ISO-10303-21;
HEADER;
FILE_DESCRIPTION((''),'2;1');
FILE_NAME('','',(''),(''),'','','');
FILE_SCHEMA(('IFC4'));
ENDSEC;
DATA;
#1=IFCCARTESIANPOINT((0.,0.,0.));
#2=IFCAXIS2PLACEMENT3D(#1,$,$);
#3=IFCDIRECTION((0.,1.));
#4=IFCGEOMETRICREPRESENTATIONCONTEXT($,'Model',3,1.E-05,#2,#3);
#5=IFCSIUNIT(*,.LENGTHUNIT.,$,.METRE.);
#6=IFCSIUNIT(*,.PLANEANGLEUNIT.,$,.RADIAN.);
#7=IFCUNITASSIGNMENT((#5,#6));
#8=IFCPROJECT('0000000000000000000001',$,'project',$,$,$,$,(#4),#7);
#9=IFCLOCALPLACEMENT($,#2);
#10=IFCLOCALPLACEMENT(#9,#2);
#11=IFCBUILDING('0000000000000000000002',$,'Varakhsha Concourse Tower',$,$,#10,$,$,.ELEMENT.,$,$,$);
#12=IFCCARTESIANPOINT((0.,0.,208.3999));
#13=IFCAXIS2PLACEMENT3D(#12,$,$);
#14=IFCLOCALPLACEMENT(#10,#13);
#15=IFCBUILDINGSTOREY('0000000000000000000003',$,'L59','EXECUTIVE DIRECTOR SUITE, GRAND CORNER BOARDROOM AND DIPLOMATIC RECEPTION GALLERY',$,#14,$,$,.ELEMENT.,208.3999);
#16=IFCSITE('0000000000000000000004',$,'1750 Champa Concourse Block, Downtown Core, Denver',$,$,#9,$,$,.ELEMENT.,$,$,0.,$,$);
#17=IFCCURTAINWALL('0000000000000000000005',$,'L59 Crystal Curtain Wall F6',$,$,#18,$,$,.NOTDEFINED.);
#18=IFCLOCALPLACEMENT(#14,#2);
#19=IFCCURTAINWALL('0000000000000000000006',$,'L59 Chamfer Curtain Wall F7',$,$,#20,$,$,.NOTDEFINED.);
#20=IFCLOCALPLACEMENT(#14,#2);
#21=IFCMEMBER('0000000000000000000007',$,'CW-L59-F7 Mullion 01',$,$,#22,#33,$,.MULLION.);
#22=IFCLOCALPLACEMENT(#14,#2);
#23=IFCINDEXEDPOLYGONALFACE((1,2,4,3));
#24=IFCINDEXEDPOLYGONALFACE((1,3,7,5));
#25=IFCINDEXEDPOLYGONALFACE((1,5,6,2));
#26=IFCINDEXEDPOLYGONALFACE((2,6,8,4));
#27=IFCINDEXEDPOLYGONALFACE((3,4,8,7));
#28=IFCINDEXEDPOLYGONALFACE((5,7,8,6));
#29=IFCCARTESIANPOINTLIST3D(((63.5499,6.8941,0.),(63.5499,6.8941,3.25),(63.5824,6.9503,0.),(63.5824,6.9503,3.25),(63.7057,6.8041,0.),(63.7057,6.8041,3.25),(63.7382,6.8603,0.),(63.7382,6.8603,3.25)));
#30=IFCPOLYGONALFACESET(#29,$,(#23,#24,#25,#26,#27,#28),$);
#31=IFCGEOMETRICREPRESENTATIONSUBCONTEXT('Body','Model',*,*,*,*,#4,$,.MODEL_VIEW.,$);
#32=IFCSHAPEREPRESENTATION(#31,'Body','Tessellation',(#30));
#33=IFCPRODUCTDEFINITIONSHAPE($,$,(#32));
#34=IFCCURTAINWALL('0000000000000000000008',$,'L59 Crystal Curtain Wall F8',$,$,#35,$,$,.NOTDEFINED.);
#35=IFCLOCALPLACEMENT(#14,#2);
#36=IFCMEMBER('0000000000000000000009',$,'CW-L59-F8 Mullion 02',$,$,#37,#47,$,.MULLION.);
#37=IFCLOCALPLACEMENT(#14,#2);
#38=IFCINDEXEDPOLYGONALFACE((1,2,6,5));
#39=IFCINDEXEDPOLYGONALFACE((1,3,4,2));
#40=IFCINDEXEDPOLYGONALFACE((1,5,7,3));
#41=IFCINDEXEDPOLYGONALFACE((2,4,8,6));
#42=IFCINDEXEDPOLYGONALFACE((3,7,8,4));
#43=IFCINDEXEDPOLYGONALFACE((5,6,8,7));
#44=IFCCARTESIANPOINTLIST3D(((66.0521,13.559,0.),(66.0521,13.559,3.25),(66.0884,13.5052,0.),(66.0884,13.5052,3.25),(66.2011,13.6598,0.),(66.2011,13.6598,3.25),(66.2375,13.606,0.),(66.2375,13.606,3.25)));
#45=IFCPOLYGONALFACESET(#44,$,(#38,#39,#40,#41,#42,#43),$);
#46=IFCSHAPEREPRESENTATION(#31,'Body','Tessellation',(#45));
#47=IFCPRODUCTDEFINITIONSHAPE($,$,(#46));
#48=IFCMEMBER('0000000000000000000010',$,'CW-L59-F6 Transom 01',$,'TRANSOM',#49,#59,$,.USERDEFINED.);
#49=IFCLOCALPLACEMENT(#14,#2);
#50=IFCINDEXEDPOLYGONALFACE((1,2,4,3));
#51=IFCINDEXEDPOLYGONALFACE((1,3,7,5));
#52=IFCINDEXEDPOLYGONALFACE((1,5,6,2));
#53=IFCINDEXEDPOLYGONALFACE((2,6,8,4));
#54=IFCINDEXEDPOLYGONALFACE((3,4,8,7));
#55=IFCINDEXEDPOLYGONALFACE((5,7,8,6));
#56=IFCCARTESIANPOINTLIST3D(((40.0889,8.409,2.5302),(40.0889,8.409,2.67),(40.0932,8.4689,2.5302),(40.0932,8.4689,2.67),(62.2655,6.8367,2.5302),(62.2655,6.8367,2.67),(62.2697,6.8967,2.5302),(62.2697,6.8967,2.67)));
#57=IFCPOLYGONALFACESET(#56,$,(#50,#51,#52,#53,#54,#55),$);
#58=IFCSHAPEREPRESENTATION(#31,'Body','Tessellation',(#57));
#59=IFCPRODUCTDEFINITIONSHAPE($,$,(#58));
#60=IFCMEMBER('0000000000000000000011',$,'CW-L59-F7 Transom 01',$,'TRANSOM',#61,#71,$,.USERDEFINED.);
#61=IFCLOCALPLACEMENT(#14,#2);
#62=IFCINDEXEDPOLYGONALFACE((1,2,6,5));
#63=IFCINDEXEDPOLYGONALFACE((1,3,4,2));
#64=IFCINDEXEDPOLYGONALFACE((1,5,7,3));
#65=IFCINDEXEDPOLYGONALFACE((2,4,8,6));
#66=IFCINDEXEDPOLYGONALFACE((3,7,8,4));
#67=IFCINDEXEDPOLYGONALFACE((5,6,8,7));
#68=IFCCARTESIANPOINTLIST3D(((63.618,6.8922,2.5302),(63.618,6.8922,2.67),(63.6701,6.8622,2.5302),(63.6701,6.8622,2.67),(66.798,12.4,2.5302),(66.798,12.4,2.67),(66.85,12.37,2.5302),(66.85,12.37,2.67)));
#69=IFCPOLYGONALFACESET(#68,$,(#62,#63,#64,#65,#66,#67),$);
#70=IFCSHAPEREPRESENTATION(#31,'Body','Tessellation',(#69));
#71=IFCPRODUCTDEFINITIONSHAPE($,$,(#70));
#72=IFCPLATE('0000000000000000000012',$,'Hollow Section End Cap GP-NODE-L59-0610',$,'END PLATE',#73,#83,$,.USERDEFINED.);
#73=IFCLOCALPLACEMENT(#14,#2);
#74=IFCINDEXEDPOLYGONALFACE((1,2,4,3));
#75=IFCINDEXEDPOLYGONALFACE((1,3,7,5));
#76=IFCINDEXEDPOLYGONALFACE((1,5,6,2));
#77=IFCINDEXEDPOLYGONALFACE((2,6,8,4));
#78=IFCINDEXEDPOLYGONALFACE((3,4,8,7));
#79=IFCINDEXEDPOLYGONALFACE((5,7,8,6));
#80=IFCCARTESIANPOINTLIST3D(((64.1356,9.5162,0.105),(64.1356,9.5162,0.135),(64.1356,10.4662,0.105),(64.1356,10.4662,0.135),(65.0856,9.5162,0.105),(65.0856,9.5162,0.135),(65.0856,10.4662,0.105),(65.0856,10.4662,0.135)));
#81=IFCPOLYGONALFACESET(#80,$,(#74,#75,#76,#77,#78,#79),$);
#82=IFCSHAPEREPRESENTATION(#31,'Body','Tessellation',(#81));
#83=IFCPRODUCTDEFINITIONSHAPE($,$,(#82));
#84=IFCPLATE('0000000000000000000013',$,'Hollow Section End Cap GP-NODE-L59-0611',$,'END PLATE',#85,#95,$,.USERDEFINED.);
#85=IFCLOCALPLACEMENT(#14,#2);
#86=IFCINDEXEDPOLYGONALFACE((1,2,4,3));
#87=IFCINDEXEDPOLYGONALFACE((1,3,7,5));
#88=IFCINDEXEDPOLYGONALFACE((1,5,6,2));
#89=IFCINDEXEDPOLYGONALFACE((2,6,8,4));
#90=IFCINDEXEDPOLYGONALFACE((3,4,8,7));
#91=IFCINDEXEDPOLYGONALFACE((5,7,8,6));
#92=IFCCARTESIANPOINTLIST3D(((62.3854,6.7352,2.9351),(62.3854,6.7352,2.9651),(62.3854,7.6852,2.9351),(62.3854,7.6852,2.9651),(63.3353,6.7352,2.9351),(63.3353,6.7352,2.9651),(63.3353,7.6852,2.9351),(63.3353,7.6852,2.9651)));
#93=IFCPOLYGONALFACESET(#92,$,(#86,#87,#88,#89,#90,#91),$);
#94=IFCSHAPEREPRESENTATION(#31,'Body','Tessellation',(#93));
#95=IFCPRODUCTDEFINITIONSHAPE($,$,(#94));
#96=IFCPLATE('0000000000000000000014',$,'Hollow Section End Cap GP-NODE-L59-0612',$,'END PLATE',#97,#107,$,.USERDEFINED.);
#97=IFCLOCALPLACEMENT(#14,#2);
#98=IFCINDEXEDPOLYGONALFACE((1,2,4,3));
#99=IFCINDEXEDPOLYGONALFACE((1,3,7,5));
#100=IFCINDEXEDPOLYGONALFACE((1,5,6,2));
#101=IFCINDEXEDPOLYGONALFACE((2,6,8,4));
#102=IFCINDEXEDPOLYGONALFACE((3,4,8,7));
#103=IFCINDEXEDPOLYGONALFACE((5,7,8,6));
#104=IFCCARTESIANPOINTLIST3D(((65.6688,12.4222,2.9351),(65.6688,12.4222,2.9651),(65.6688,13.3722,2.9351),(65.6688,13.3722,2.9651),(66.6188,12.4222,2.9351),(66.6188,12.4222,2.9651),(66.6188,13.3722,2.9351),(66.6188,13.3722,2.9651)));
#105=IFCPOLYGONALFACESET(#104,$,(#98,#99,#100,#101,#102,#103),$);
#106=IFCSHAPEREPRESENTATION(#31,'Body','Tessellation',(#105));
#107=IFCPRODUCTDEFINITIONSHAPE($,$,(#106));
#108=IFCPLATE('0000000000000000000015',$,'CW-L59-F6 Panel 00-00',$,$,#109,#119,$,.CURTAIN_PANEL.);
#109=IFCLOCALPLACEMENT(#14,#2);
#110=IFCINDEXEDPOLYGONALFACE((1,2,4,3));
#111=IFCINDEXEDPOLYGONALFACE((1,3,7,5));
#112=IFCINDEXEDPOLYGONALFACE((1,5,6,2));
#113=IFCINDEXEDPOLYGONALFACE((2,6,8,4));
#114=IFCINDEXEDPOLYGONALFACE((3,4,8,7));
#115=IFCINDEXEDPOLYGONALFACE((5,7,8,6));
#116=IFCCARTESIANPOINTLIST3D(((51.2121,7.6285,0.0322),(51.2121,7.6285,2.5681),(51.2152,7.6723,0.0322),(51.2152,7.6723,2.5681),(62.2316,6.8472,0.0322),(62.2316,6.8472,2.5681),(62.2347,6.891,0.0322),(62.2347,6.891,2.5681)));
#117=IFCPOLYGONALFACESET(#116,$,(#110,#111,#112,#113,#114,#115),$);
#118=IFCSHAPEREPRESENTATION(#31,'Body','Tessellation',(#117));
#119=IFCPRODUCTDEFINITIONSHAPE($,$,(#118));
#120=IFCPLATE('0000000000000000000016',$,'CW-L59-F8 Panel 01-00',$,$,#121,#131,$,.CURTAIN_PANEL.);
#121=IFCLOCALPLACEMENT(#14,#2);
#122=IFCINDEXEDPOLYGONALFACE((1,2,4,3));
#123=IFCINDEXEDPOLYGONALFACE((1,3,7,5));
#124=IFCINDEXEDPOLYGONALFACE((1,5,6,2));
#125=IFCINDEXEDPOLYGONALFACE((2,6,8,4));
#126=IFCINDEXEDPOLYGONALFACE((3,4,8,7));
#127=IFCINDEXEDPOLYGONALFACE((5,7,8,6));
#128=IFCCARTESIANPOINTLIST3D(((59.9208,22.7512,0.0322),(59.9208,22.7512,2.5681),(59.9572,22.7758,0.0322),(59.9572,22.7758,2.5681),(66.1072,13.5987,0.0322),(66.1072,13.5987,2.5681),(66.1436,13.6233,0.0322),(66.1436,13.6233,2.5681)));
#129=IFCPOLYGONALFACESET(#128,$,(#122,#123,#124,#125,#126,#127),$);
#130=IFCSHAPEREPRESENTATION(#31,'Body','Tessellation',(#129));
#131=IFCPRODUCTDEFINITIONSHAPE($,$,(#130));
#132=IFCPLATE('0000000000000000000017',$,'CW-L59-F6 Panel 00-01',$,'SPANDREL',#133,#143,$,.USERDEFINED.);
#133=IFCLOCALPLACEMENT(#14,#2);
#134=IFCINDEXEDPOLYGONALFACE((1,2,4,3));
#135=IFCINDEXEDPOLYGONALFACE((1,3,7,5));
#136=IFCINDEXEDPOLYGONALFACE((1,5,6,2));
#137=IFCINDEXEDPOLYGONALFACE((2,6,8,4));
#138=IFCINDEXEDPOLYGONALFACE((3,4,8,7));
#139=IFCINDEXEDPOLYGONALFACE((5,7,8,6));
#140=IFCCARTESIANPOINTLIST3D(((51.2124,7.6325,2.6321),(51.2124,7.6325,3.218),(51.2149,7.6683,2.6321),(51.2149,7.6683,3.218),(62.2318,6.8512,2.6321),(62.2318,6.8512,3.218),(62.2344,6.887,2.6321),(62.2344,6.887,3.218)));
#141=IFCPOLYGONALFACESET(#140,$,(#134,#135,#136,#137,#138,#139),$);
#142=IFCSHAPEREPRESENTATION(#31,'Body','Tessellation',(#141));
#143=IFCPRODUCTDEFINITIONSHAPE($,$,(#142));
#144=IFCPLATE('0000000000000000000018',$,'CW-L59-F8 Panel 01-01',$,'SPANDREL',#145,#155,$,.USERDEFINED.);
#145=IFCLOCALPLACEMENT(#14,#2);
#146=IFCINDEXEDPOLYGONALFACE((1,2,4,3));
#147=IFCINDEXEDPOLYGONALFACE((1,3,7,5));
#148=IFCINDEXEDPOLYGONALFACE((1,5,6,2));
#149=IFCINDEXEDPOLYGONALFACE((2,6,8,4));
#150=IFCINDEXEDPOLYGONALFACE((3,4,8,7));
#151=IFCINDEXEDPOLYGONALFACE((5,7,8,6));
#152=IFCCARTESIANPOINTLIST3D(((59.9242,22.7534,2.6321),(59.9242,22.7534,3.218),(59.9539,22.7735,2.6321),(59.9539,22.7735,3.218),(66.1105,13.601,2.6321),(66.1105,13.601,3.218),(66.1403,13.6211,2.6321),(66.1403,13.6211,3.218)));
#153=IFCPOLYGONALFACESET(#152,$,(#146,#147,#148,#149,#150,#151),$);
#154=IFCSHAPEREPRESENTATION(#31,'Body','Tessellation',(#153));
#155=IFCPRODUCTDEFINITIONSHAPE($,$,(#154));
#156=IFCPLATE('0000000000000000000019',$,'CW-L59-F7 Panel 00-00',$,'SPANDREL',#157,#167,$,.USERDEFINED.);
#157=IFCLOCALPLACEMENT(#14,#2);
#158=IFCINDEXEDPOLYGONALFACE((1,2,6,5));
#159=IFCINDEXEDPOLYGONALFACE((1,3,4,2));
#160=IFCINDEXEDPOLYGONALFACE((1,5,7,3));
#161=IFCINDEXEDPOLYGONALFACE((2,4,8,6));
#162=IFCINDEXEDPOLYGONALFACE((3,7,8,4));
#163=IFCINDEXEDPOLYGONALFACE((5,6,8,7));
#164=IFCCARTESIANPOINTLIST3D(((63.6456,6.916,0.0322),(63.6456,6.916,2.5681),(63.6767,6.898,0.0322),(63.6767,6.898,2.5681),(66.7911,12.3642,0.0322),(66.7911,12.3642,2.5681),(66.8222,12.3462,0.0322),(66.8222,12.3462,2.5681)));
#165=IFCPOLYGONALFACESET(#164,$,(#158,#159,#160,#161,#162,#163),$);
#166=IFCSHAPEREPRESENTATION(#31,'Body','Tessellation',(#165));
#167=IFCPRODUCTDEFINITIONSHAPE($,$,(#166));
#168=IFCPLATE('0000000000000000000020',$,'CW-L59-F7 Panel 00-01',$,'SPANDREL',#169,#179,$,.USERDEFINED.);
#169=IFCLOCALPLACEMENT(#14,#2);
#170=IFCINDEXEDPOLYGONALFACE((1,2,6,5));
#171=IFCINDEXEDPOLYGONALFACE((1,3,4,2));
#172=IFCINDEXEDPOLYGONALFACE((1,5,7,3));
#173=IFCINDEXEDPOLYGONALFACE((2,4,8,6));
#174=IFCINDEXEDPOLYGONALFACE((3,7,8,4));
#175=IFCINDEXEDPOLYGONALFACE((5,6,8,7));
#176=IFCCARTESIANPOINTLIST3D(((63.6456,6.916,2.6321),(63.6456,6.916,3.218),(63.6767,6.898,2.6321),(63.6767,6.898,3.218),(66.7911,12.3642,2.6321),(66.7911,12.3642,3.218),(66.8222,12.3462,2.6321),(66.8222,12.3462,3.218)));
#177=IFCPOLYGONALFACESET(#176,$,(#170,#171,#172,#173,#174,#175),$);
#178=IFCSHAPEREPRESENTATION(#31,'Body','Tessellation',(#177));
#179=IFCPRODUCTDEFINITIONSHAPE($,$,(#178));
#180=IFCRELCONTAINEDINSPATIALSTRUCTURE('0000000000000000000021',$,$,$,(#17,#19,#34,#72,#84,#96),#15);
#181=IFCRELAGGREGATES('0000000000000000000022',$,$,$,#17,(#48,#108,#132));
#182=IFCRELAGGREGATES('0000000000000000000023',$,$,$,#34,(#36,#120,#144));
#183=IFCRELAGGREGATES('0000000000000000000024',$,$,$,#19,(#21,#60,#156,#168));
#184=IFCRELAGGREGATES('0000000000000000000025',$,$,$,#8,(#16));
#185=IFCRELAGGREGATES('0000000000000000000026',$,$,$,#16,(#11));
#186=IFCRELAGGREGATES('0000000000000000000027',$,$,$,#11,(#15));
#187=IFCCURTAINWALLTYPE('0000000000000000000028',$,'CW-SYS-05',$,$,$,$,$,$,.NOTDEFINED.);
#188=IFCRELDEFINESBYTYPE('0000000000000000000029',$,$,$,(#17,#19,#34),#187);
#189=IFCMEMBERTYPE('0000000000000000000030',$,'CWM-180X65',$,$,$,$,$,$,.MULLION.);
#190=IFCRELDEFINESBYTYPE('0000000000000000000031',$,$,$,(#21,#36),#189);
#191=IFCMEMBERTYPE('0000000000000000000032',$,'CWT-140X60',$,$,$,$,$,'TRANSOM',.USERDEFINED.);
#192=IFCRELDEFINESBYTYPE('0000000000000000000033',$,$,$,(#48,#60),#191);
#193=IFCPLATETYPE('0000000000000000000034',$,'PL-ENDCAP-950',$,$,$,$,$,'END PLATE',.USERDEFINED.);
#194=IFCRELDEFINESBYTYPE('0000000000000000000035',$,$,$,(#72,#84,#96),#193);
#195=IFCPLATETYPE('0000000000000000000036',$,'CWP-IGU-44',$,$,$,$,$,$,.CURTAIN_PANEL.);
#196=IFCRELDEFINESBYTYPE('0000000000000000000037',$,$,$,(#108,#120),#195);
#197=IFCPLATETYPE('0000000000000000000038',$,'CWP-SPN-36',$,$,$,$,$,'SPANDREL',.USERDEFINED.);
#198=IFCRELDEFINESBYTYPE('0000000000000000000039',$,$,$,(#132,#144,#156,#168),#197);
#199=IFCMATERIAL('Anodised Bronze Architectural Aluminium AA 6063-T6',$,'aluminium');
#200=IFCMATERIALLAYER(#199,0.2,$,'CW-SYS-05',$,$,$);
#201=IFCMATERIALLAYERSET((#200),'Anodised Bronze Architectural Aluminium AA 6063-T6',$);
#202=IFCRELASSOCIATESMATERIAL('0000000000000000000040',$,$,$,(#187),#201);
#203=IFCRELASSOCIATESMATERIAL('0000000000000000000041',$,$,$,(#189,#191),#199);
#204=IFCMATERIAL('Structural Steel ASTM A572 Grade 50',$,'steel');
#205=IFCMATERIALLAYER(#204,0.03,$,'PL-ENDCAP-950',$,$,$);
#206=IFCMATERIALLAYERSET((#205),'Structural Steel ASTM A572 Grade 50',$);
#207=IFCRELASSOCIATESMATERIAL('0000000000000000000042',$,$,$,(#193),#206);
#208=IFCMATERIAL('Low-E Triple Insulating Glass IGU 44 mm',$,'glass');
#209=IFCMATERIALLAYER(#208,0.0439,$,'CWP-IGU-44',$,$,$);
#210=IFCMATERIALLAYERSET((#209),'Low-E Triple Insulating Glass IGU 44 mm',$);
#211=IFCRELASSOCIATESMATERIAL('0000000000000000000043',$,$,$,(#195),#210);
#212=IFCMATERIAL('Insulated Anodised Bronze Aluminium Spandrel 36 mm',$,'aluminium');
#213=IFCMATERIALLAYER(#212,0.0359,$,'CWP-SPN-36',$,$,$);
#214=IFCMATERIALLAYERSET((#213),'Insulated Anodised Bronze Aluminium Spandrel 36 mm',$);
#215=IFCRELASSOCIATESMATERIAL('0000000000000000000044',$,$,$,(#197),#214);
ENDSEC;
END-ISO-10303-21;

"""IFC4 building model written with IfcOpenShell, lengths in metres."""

from ifc_helpers import new_model, si_unit, direction, frame, origin, origin_2d, place, context, subcontext, project, spatial, rectangle, extrude, source, transform, mapped, material, layer, layer_set, material_profile, profile_set, type_object, type_shapes, element, aggregate, save


model = new_model("IFC4")

# Units and contexts
model_context = context("Model", 3, precision=1e-05, world=origin(), true_north=direction((0.0, 1.0)))
body_context = subcontext(model_context, "Body", "Model", "MODEL_VIEW")
ifc_project = project(units=[si_unit("LENGTHUNIT", "METRE"), si_unit("PLANEANGLEUNIT", "RADIAN")], contexts=[model_context])

# Site, building, storey
site_placement = place(None, origin())
site = spatial("IfcSite", under=ifc_project, at=site_placement, Name="1750 Champa Concourse Block, Downtown Core, Denver", CompositionType="ELEMENT", RefElevation=0.0)
building_placement = place(site_placement, origin())
building = spatial("IfcBuilding", under=site, at=building_placement, Name="Varakhsha Concourse Tower", CompositionType="ELEMENT")
storey_placement = place(building_placement, frame((0.0, 0.0, 208.3999)))
storey = spatial("IfcBuildingStorey", under=building, at=storey_placement, Name="L59", Description="EXECUTIVE DIRECTOR SUITE, GRAND CORNER BOARDROOM AND DIPLOMATIC RECEPTION GALLERY", CompositionType="ELEMENT", Elevation=208.3999)

# Shared definitions
ifc_material_1 = material(Name="Structural Steel ASTM A572 Grade 50", Category="steel")

# Curtain wall
ifc_material_2 = material(Name="Anodised Bronze Architectural Aluminium AA 6063-T6", Category="aluminium")
ifc_layer_1 = layer(ifc_material_2, 0.2, Name="CW-SYS-05")
ifc_layer_set_1 = layer_set([ifc_layer_1], Name="Anodised Bronze Architectural Aluminium AA 6063-T6")
curtain_wall_type = type_object("IfcCurtainWallType", Name="CW-SYS-05", PredefinedType="NOTDEFINED", material=ifc_layer_set_1)
curtain_wall_1_placement = place(storey_placement, origin())
curtain_wall_1 = element("IfcCurtainWall", 1, at=curtain_wall_1_placement, inside=storey, type_object=curtain_wall_type, Name="L59 Crystal Curtain Wall F6", PredefinedType="NOTDEFINED")
ifc_material_profile_1 = material_profile(ifc_material_2, rectangle(XDim=0.0649, YDim=0.1799, at=origin_2d()), Name="CWM-180X65")
ifc_profile_set_1 = profile_set([ifc_material_profile_1], Name="Anodised Bronze Architectural Aluminium AA 6063-T6")
member_type_1 = type_object("IfcMemberType", Name="CWM-180X65", PredefinedType="MULLION", material=ifc_profile_set_1)
shared_shape_1 = source(origin(), body_context, "Body", "SweptSolid", [
    extrude(rectangle(XDim=0.0649, YDim=0.1799, at=origin_2d()), origin(), (0.0, 0.0, 1.0), 3.25),
])
type_shapes(member_type_1, [shared_shape_1])

# Curtain wall, member
curtain_wall_2_placement = place(storey_placement, origin())
curtain_wall_2 = element("IfcCurtainWall", 2, at=curtain_wall_2_placement, inside=storey, type_object=curtain_wall_type, Name="L59 Chamfer Curtain Wall F7", PredefinedType="NOTDEFINED")
member_1_placement = place(storey_placement, frame((63.644, 6.8772, 0.0), z_axis=(0.0, 0.0, 1.0), x_axis=(-0.499994, -0.866029, 0.0)))
member_1 = element("IfcMember", 3, at=member_1_placement, type_object=member_type_1, Name="CW-L59-F7 Mullion 01", PredefinedType="MULLION", context=body_context, shape_type="MappedRepresentation", body=[
    mapped(shared_shape_1, transform((0.0, 0.0, 0.0), scale=1.0)),
])

# Curtain wall, member
curtain_wall_3_placement = place(storey_placement, origin())
curtain_wall_3 = element("IfcCurtainWall", 4, at=curtain_wall_3_placement, inside=storey, type_object=curtain_wall_type, Name="L59 Crystal Curtain Wall F8", PredefinedType="NOTDEFINED")
member_2_placement = place(storey_placement, frame((66.1448, 13.5825, 0.0), z_axis=(0.0, 0.0, 1.0), x_axis=(0.559999, -0.828494, 0.0)))
member_2 = element("IfcMember", 5, at=member_2_placement, type_object=member_type_1, Name="CW-L59-F8 Mullion 02", PredefinedType="MULLION", context=body_context, shape_type="MappedRepresentation", body=[
    mapped(shared_shape_1, transform((0.0, 0.0, 0.0), scale=1.0)),
])

# Members
ifc_material_profile_2 = material_profile(ifc_material_2, rectangle(XDim=0.0601, YDim=0.1399, at=origin_2d()), Name="CWT-140X60")
ifc_profile_set_2 = profile_set([ifc_material_profile_2], Name="Anodised Bronze Architectural Aluminium AA 6063-T6")
member_type_2 = type_object("IfcMemberType", Name="CWT-140X60", ElementType="TRANSOM", PredefinedType="USERDEFINED", material=ifc_profile_set_2)
shared_shape_2 = source(origin(), body_context, "Body", "SweptSolid", [
    extrude(rectangle(XDim=0.0601, YDim=0.1399, at=origin_2d()), origin(), (0.0, 0.0, 1.0), 22.2322),
])
member_3_placement = place(storey_placement, frame((62.2676, 6.8667, 2.6001), z_axis=(-0.997496, 0.07072, 0.0), x_axis=(-0.07072, -0.997496, 0.0)))
member_3 = element("IfcMember", 6, at=member_3_placement, type_object=member_type_2, Name="CW-L59-F6 Transom 01", ObjectType="TRANSOM", PredefinedType="USERDEFINED", context=body_context, shape_type="MappedRepresentation", body=[
    mapped(shared_shape_2, transform((0.0, 0.0, 0.0), scale=1.0)),
])
shared_shape_3 = source(origin(), body_context, "Body", "SweptSolid", [
    extrude(rectangle(XDim=0.0601, YDim=0.1399, at=origin_2d()), origin(), (0.0, 0.0, 1.0), 6.3599),
])
type_shapes(member_type_2, [shared_shape_2, shared_shape_3])
member_4_placement = place(storey_placement, frame((66.824, 12.385, 2.6001), z_axis=(-0.499999, -0.866026, 0.0), x_axis=(0.866026, -0.499999, 0.0)))
member_4 = element("IfcMember", 7, at=member_4_placement, type_object=member_type_2, Name="CW-L59-F7 Transom 01", ObjectType="TRANSOM", PredefinedType="USERDEFINED", context=body_context, shape_type="MappedRepresentation", body=[
    mapped(shared_shape_3, transform((0.0, 0.0, 0.0), scale=1.0)),
])

# Plates
ifc_layer_2 = layer(ifc_material_1, 0.03, Name="PL-ENDCAP-950")
ifc_layer_set_2 = layer_set([ifc_layer_2], Name="Structural Steel ASTM A572 Grade 50")
plate_type_1 = type_object("IfcPlateType", Name="PL-ENDCAP-950", ElementType="END PLATE", PredefinedType="USERDEFINED", material=ifc_layer_set_2)
shared_shape_4 = source(origin(), body_context, "Body", "SweptSolid", [
    extrude(rectangle(XDim=0.95, YDim=0.95, at=origin_2d()), origin(), (0.0, 0.0, 1.0), 0.03),
])
type_shapes(plate_type_1, [shared_shape_4])
for number, where, z_axis, x_axis, name in (
    (8, (64.6106, 9.9912, 0.105), (0.0, 0.0, 1.0), (1.0, 0.0, 0.0), "Hollow Section End Cap GP-NODE-L59-0610"),
    (9, (62.8604, 7.2102, 2.9351), (0.0, 0.0, 1.0), (1.0, 0.0, 0.0), "Hollow Section End Cap GP-NODE-L59-0611"),
    (10, (66.1438, 12.8972, 2.9351), (0.0, 0.0, 1.0), (1.0, 0.0, 0.0), "Hollow Section End Cap GP-NODE-L59-0612"),
):
    element("IfcPlate", number, at=place(storey_placement, frame(where, z_axis=z_axis, x_axis=x_axis)), inside=storey, type_object=plate_type_1, Name=name, ObjectType="END PLATE", PredefinedType="USERDEFINED", context=body_context, shape_type="MappedRepresentation", body=[
        mapped(shared_shape_4, transform((0.0, 0.0, 0.0), scale=1.0)),
    ])

# Plates
ifc_material_3 = material(Name="Low-E Triple Insulating Glass IGU 44 mm", Category="glass")
ifc_layer_3 = layer(ifc_material_3, 0.0439, Name="CWP-IGU-44")
ifc_layer_set_3 = layer_set([ifc_layer_3], Name="Low-E Triple Insulating Glass IGU 44 mm")
plate_type_2 = type_object("IfcPlateType", Name="CWP-IGU-44", PredefinedType="CURTAIN_PANEL", material=ifc_layer_set_3)
shared_shape_5 = source(origin(), body_context, "Body", "SweptSolid", [
    extrude(rectangle(XDim=11.0471, YDim=0.0439, at=origin_2d()), origin(), (0.0, 0.0, 1.0), 2.5359),
])
type_shapes(plate_type_2, [shared_shape_5])
plate_1_placement = place(storey_placement, frame((56.7234, 7.2598, 0.0322), z_axis=(0.0, 0.0, 1.0), x_axis=(-0.997496, 0.070723, 0.0)))
plate_1 = element("IfcPlate", 11, at=plate_1_placement, type_object=plate_type_2, Name="CW-L59-F6 Panel 00-00", PredefinedType="CURTAIN_PANEL", context=body_context, shape_type="MappedRepresentation", body=[
    mapped(shared_shape_5, transform((0.0, 0.0, 0.0), scale=1.0)),
])
plate_2_placement = place(storey_placement, frame((63.0322, 18.1873, 0.0322), z_axis=(0.0, 0.0, 1.0), x_axis=(0.559999, -0.828494, 0.0)))
plate_2 = element("IfcPlate", 12, at=plate_2_placement, type_object=plate_type_2, Name="CW-L59-F8 Panel 01-00", PredefinedType="CURTAIN_PANEL", context=body_context, shape_type="MappedRepresentation", body=[
    mapped(shared_shape_5, transform((0.0, 0.0, 0.0), scale=1.0)),
])
ifc_material_4 = material(Name="Insulated Anodised Bronze Aluminium Spandrel 36 mm", Category="aluminium")
ifc_layer_4 = layer(ifc_material_4, 0.0359, Name="CWP-SPN-36")
ifc_layer_set_4 = layer_set([ifc_layer_4], Name="Insulated Anodised Bronze Aluminium Spandrel 36 mm")
plate_type_3 = type_object("IfcPlateType", Name="CWP-SPN-36", ElementType="SPANDREL", PredefinedType="USERDEFINED", material=ifc_layer_set_4)
shared_shape_6 = source(origin(), body_context, "Body", "SweptSolid", [
    extrude(rectangle(XDim=11.0471, YDim=0.0359, at=origin_2d()), origin(), (0.0, 0.0, 1.0), 0.5859),
])
plate_3_placement = place(storey_placement, frame((56.7234, 7.2598, 2.6321), z_axis=(0.0, 0.0, 1.0), x_axis=(-0.997496, 0.070723, 0.0)))
plate_3 = element("IfcPlate", 13, at=plate_3_placement, type_object=plate_type_3, Name="CW-L59-F6 Panel 00-01", ObjectType="SPANDREL", PredefinedType="USERDEFINED", context=body_context, shape_type="MappedRepresentation", body=[
    mapped(shared_shape_6, transform((0.0, 0.0, 0.0), scale=1.0)),
])
aggregate(curtain_wall_1, [member_3, plate_1, plate_3])
plate_4_placement = place(storey_placement, frame((63.0322, 18.1873, 2.6321), z_axis=(0.0, 0.0, 1.0), x_axis=(0.559999, -0.828494, 0.0)))
plate_4 = element("IfcPlate", 14, at=plate_4_placement, type_object=plate_type_3, Name="CW-L59-F8 Panel 01-01", ObjectType="SPANDREL", PredefinedType="USERDEFINED", context=body_context, shape_type="MappedRepresentation", body=[
    mapped(shared_shape_6, transform((0.0, 0.0, 0.0), scale=1.0)),
])
aggregate(curtain_wall_3, [member_2, plate_2, plate_4])
shared_shape_7 = source(origin(), body_context, "Body", "SweptSolid", [
    extrude(rectangle(XDim=6.291, YDim=0.0359, at=origin_2d()), origin(), (0.0, 0.0, 1.0), 2.5359),
])
plate_5_placement = place(storey_placement, frame((65.2339, 9.6311, 0.0322), z_axis=(0.0, 0.0, 1.0), x_axis=(-0.499994, -0.866029, 0.0)))
plate_5 = element("IfcPlate", 15, at=plate_5_placement, type_object=plate_type_3, Name="CW-L59-F7 Panel 00-00", ObjectType="SPANDREL", PredefinedType="USERDEFINED", context=body_context, shape_type="MappedRepresentation", body=[
    mapped(shared_shape_7, transform((0.0, 0.0, 0.0), scale=1.0)),
])
shared_shape_8 = source(origin(), body_context, "Body", "SweptSolid", [
    extrude(rectangle(XDim=6.291, YDim=0.0359, at=origin_2d()), origin(), (0.0, 0.0, 1.0), 0.5859),
])
type_shapes(plate_type_3, [shared_shape_6, shared_shape_7, shared_shape_8])
plate_6_placement = place(storey_placement, frame((65.2339, 9.6311, 2.6321), z_axis=(0.0, 0.0, 1.0), x_axis=(-0.499994, -0.866029, 0.0)))
plate_6 = element("IfcPlate", 16, at=plate_6_placement, type_object=plate_type_3, Name="CW-L59-F7 Panel 00-01", ObjectType="SPANDREL", PredefinedType="USERDEFINED", context=body_context, shape_type="MappedRepresentation", body=[
    mapped(shared_shape_8, transform((0.0, 0.0, 0.0), scale=1.0)),
])
aggregate(curtain_wall_2, [member_1, member_4, plate_5, plate_6])

save(model, "model.ifc")
